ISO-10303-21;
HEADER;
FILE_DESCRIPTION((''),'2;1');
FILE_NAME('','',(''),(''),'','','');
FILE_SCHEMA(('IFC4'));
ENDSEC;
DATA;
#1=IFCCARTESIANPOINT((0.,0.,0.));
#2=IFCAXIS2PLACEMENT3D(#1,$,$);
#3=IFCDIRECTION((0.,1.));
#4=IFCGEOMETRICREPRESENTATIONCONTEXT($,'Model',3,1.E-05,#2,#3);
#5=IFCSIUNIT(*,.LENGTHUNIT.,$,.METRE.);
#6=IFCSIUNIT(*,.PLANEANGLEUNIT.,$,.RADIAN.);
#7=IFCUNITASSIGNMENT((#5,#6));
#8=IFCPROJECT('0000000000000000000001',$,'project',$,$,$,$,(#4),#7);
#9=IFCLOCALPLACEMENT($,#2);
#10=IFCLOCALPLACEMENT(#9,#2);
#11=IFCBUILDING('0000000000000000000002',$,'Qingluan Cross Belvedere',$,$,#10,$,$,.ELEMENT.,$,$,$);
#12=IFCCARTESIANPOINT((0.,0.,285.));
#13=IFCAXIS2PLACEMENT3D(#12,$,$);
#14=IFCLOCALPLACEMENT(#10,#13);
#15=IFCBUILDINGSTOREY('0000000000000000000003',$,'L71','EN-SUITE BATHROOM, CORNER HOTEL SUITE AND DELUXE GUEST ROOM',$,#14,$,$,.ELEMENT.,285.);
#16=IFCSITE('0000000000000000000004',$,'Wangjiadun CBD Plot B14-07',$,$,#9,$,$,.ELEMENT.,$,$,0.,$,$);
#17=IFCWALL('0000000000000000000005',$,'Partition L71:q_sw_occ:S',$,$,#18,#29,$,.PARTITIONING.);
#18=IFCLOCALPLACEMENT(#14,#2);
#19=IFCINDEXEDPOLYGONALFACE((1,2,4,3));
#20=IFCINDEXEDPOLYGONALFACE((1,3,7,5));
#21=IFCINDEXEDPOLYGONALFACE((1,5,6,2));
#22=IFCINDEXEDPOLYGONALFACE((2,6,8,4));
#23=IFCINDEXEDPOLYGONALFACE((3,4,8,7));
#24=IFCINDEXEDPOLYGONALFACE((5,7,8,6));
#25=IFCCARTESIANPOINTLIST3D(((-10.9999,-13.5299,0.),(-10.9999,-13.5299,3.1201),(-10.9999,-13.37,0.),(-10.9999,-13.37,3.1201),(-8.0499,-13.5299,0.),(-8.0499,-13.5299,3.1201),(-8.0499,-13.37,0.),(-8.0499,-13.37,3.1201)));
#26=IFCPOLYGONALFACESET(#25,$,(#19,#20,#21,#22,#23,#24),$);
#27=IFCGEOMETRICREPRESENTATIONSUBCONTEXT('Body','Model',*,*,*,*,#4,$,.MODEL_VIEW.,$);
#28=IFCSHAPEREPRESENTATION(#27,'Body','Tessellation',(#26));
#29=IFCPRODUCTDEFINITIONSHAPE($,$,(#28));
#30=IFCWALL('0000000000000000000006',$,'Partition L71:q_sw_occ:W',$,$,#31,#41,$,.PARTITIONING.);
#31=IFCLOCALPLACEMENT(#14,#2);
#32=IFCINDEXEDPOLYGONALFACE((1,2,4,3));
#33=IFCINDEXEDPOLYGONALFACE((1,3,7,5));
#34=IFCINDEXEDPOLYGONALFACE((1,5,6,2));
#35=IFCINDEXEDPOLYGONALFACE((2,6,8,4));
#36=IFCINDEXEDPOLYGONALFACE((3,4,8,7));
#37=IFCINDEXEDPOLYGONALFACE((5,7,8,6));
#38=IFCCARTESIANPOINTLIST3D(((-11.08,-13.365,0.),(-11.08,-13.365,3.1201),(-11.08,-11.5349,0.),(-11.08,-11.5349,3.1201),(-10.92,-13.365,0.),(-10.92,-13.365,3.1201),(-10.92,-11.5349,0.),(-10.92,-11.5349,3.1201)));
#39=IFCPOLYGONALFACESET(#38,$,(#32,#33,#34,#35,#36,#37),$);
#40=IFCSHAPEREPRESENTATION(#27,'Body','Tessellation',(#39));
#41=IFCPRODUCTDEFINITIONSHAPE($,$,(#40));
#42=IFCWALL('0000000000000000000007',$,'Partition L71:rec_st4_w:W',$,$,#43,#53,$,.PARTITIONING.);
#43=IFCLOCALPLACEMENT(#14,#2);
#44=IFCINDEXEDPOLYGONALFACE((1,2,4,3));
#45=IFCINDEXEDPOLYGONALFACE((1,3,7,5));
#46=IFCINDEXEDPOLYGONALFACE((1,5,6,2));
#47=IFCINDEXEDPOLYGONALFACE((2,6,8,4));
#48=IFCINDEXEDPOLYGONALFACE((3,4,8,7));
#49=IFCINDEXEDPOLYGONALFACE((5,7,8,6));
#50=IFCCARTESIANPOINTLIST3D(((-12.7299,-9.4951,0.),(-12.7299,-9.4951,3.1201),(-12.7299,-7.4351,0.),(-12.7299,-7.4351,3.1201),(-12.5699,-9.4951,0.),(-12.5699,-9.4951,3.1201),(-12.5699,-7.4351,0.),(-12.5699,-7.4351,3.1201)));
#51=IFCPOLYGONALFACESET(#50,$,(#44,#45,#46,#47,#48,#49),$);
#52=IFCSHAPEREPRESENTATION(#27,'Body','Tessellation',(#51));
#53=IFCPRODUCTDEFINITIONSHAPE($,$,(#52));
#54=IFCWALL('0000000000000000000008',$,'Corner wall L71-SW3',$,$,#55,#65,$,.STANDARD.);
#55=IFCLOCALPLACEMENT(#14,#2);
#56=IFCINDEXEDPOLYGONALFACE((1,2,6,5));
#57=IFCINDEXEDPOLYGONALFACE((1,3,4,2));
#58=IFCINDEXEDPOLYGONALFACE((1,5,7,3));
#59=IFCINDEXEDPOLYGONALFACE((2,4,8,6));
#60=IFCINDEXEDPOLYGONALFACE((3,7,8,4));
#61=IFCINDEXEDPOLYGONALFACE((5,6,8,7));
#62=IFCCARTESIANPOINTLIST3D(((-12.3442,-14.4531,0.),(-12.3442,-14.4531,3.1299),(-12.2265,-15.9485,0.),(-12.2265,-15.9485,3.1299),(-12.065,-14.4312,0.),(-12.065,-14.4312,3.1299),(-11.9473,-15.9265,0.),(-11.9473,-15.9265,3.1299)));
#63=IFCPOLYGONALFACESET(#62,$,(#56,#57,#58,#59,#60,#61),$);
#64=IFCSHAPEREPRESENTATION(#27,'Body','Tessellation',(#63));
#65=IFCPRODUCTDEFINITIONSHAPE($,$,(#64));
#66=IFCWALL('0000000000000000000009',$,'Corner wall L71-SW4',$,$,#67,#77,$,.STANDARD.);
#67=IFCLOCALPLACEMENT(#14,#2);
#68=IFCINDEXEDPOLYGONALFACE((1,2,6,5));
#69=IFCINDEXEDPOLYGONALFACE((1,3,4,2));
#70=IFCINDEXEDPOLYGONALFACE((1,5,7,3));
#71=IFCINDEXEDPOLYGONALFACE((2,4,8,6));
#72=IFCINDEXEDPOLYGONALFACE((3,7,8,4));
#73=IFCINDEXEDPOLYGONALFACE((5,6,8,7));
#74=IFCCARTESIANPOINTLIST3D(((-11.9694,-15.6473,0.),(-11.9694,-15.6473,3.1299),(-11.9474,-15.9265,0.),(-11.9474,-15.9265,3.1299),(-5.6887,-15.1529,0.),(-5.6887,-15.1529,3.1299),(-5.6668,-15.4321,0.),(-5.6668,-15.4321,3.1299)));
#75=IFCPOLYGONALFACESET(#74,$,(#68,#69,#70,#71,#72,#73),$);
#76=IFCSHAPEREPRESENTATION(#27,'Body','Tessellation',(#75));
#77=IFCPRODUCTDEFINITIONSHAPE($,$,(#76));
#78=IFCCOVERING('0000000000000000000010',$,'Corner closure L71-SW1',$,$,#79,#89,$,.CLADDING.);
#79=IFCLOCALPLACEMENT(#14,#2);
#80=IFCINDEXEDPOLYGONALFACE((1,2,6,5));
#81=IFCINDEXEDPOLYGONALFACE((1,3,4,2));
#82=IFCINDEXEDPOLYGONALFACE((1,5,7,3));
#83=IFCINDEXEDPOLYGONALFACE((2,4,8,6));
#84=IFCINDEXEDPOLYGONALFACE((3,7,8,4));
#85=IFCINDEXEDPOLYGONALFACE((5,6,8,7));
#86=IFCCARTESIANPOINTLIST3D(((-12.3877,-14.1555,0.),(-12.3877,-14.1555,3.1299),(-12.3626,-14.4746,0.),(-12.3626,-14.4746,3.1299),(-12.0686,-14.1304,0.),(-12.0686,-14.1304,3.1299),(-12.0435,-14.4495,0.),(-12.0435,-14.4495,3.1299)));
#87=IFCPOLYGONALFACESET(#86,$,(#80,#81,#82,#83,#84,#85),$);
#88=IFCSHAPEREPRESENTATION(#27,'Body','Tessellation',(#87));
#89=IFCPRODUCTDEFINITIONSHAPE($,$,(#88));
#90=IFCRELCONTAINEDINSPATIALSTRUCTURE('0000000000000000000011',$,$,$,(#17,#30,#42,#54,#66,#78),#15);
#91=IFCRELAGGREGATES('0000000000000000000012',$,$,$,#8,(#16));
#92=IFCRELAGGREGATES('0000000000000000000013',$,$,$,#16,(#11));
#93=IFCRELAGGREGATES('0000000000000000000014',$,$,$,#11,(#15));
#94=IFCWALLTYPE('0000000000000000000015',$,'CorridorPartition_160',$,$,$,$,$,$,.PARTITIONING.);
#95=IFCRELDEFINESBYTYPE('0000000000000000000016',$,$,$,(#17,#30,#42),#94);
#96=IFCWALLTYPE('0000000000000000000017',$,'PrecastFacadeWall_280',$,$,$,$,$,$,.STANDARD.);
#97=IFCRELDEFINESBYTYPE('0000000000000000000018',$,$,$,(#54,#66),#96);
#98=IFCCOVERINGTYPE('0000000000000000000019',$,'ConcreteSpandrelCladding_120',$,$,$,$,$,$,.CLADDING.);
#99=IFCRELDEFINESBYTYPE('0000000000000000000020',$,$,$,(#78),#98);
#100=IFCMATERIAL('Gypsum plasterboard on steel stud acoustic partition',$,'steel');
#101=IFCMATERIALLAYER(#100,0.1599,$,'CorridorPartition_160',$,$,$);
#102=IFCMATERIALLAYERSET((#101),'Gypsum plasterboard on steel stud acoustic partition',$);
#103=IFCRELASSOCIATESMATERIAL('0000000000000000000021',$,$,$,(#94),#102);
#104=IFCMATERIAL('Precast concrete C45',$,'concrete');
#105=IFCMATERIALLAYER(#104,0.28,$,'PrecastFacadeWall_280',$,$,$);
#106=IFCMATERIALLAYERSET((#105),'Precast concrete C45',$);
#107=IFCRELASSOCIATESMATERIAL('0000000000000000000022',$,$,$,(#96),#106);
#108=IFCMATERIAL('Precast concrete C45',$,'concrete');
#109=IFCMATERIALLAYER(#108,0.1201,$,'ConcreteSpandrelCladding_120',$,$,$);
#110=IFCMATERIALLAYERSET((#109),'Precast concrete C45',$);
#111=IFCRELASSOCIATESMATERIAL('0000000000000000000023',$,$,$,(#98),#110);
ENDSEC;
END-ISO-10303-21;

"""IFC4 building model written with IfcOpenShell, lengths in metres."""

from ifc_helpers import new_model, si_unit, direction, frame, frame_2d, origin, origin_2d, place, context, subcontext, project, spatial, rectangle, extrude, material, layer, layer_set, type_object, element, save


model = new_model("IFC4")

# Units and contexts
model_context = context("Model", 3, precision=1e-05, world=origin(), true_north=direction((0.0, 1.0)))
body_context = subcontext(model_context, "Body", "Model", "MODEL_VIEW")
ifc_project = project(units=[si_unit("LENGTHUNIT", "METRE"), si_unit("PLANEANGLEUNIT", "RADIAN")], contexts=[model_context])

# Site, building, storey
site_placement = place(None, origin())
site = spatial("IfcSite", under=ifc_project, at=site_placement, Name="Wangjiadun CBD Plot B14-07", CompositionType="ELEMENT", RefElevation=0.0)
building_placement = place(site_placement, origin())
building = spatial("IfcBuilding", under=site, at=building_placement, Name="Qingluan Cross Belvedere", CompositionType="ELEMENT")
storey_placement = place(building_placement, frame((0.0, 0.0, 285.0)))
storey = spatial("IfcBuildingStorey", under=building, at=storey_placement, Name="L71", Description="EN-SUITE BATHROOM, CORNER HOTEL SUITE AND DELUXE GUEST ROOM", CompositionType="ELEMENT", Elevation=285.0)

# Wall
ifc_material_1 = material(Name="Gypsum plasterboard on steel stud acoustic partition", Category="steel")
ifc_layer_1 = layer(ifc_material_1, 0.1599, Name="CorridorPartition_160")
ifc_layer_set_1 = layer_set([ifc_layer_1], Name="Gypsum plasterboard on steel stud acoustic partition")
wall_type_1 = type_object("IfcWallType", Name="CorridorPartition_160", PredefinedType="PARTITIONING", material=ifc_layer_set_1)
wall_1_placement = place(storey_placement, frame((-11.0, -13.45, 0.0), z_axis=(0.0, 0.0, 1.0), x_axis=(1.0, 0.0, 0.0)))
element("IfcWall", 1, at=wall_1_placement, inside=storey, type_object=wall_type_1, Name="Partition L71:q_sw_occ:S", PredefinedType="PARTITIONING", context=body_context, shape_type="SweptSolid", body=[
    extrude(rectangle(XDim=2.95, YDim=0.1599, at=frame_2d((1.4751, 0.0))), origin(), (0.0, 0.0, 1.0), 3.1201),
])

# Walls
wall_2_placement = place(storey_placement, frame((-11.0, -13.365, 0.0), z_axis=(0.0, 0.0, 1.0), x_axis=(0.0, 1.0, 0.0)))
element("IfcWall", 2, at=wall_2_placement, inside=storey, type_object=wall_type_1, Name="Partition L71:q_sw_occ:W", PredefinedType="PARTITIONING", context=body_context, shape_type="SweptSolid", body=[
    extrude(rectangle(XDim=1.8301, YDim=0.1599, at=frame_2d((0.915, 0.0))), origin(), (0.0, 0.0, 1.0), 3.1201),
])
wall_3_placement = place(storey_placement, frame((-12.6499, -9.4951, 0.0), z_axis=(0.0, 0.0, 1.0), x_axis=(0.0, 1.0, 0.0)))
element("IfcWall", 3, at=wall_3_placement, inside=storey, type_object=wall_type_1, Name="Partition L71:rec_st4_w:W", PredefinedType="PARTITIONING", context=body_context, shape_type="SweptSolid", body=[
    extrude(rectangle(XDim=2.0601, YDim=0.1599, at=frame_2d((1.03, 0.0))), origin(), (0.0, 0.0, 1.0), 3.1201),
])
ifc_material_2 = material(Name="Precast concrete C45", Category="concrete")
ifc_layer_2 = layer(ifc_material_2, 0.28, Name="PrecastFacadeWall_280")
ifc_layer_set_2 = layer_set([ifc_layer_2], Name="Precast concrete C45")
wall_type_2 = type_object("IfcWallType", Name="PrecastFacadeWall_280", PredefinedType="STANDARD", material=ifc_layer_set_2)
wall_4_placement = place(storey_placement, frame((-12.2046, -14.4421, 0.0), z_axis=(0.0, 0.0, 1.0), x_axis=(0.078451, -0.996918, 0.0)))
element("IfcWall", 4, at=wall_4_placement, inside=storey, type_object=wall_type_2, Name="Corner wall L71-SW3", PredefinedType="STANDARD", context=body_context, shape_type="SweptSolid", body=[
    extrude(rectangle(XDim=1.5, YDim=0.28, at=frame_2d((0.75, 0.0))), origin(), (0.0, 0.0, 1.0), 3.1299),
])
wall_5_placement = place(storey_placement, frame((-11.9583, -15.7869, 0.0), z_axis=(0.0, 0.0, 1.0), x_axis=(0.996916, 0.078474, 0.0)))
element("IfcWall", 5, at=wall_5_placement, inside=storey, type_object=wall_type_2, Name="Corner wall L71-SW4", PredefinedType="STANDARD", context=body_context, shape_type="SweptSolid", body=[
    extrude(rectangle(XDim=6.3, YDim=0.28, at=frame_2d((3.1499, 0.0))), origin(), (0.0, 0.0, 1.0), 3.1299),
])

# Covering
ifc_material_3 = material(Name="Precast concrete C45", Category="concrete")
ifc_layer_3 = layer(ifc_material_3, 0.1201, Name="ConcreteSpandrelCladding_120")
ifc_layer_set_3 = layer_set([ifc_layer_3], Name="Precast concrete C45")
covering_type = type_object("IfcCoveringType", Name="ConcreteSpandrelCladding_120", PredefinedType="CLADDING", material=ifc_layer_set_3)
covering_placement = place(storey_placement, frame((-12.2156, -14.3025, 0.0), z_axis=(0.0, 0.0, 1.0), x_axis=(0.996917, 0.078459, 0.0)))
element("IfcCovering", 6, at=covering_placement, inside=storey, type_object=covering_type, Name="Corner closure L71-SW1", PredefinedType="CLADDING", context=body_context, shape_type="SweptSolid", body=[
    extrude(rectangle(XDim=0.3201, YDim=0.3201, at=origin_2d()), origin(), (0.0, 0.0, 1.0), 3.1299),
])

save(model, "model.ifc")
